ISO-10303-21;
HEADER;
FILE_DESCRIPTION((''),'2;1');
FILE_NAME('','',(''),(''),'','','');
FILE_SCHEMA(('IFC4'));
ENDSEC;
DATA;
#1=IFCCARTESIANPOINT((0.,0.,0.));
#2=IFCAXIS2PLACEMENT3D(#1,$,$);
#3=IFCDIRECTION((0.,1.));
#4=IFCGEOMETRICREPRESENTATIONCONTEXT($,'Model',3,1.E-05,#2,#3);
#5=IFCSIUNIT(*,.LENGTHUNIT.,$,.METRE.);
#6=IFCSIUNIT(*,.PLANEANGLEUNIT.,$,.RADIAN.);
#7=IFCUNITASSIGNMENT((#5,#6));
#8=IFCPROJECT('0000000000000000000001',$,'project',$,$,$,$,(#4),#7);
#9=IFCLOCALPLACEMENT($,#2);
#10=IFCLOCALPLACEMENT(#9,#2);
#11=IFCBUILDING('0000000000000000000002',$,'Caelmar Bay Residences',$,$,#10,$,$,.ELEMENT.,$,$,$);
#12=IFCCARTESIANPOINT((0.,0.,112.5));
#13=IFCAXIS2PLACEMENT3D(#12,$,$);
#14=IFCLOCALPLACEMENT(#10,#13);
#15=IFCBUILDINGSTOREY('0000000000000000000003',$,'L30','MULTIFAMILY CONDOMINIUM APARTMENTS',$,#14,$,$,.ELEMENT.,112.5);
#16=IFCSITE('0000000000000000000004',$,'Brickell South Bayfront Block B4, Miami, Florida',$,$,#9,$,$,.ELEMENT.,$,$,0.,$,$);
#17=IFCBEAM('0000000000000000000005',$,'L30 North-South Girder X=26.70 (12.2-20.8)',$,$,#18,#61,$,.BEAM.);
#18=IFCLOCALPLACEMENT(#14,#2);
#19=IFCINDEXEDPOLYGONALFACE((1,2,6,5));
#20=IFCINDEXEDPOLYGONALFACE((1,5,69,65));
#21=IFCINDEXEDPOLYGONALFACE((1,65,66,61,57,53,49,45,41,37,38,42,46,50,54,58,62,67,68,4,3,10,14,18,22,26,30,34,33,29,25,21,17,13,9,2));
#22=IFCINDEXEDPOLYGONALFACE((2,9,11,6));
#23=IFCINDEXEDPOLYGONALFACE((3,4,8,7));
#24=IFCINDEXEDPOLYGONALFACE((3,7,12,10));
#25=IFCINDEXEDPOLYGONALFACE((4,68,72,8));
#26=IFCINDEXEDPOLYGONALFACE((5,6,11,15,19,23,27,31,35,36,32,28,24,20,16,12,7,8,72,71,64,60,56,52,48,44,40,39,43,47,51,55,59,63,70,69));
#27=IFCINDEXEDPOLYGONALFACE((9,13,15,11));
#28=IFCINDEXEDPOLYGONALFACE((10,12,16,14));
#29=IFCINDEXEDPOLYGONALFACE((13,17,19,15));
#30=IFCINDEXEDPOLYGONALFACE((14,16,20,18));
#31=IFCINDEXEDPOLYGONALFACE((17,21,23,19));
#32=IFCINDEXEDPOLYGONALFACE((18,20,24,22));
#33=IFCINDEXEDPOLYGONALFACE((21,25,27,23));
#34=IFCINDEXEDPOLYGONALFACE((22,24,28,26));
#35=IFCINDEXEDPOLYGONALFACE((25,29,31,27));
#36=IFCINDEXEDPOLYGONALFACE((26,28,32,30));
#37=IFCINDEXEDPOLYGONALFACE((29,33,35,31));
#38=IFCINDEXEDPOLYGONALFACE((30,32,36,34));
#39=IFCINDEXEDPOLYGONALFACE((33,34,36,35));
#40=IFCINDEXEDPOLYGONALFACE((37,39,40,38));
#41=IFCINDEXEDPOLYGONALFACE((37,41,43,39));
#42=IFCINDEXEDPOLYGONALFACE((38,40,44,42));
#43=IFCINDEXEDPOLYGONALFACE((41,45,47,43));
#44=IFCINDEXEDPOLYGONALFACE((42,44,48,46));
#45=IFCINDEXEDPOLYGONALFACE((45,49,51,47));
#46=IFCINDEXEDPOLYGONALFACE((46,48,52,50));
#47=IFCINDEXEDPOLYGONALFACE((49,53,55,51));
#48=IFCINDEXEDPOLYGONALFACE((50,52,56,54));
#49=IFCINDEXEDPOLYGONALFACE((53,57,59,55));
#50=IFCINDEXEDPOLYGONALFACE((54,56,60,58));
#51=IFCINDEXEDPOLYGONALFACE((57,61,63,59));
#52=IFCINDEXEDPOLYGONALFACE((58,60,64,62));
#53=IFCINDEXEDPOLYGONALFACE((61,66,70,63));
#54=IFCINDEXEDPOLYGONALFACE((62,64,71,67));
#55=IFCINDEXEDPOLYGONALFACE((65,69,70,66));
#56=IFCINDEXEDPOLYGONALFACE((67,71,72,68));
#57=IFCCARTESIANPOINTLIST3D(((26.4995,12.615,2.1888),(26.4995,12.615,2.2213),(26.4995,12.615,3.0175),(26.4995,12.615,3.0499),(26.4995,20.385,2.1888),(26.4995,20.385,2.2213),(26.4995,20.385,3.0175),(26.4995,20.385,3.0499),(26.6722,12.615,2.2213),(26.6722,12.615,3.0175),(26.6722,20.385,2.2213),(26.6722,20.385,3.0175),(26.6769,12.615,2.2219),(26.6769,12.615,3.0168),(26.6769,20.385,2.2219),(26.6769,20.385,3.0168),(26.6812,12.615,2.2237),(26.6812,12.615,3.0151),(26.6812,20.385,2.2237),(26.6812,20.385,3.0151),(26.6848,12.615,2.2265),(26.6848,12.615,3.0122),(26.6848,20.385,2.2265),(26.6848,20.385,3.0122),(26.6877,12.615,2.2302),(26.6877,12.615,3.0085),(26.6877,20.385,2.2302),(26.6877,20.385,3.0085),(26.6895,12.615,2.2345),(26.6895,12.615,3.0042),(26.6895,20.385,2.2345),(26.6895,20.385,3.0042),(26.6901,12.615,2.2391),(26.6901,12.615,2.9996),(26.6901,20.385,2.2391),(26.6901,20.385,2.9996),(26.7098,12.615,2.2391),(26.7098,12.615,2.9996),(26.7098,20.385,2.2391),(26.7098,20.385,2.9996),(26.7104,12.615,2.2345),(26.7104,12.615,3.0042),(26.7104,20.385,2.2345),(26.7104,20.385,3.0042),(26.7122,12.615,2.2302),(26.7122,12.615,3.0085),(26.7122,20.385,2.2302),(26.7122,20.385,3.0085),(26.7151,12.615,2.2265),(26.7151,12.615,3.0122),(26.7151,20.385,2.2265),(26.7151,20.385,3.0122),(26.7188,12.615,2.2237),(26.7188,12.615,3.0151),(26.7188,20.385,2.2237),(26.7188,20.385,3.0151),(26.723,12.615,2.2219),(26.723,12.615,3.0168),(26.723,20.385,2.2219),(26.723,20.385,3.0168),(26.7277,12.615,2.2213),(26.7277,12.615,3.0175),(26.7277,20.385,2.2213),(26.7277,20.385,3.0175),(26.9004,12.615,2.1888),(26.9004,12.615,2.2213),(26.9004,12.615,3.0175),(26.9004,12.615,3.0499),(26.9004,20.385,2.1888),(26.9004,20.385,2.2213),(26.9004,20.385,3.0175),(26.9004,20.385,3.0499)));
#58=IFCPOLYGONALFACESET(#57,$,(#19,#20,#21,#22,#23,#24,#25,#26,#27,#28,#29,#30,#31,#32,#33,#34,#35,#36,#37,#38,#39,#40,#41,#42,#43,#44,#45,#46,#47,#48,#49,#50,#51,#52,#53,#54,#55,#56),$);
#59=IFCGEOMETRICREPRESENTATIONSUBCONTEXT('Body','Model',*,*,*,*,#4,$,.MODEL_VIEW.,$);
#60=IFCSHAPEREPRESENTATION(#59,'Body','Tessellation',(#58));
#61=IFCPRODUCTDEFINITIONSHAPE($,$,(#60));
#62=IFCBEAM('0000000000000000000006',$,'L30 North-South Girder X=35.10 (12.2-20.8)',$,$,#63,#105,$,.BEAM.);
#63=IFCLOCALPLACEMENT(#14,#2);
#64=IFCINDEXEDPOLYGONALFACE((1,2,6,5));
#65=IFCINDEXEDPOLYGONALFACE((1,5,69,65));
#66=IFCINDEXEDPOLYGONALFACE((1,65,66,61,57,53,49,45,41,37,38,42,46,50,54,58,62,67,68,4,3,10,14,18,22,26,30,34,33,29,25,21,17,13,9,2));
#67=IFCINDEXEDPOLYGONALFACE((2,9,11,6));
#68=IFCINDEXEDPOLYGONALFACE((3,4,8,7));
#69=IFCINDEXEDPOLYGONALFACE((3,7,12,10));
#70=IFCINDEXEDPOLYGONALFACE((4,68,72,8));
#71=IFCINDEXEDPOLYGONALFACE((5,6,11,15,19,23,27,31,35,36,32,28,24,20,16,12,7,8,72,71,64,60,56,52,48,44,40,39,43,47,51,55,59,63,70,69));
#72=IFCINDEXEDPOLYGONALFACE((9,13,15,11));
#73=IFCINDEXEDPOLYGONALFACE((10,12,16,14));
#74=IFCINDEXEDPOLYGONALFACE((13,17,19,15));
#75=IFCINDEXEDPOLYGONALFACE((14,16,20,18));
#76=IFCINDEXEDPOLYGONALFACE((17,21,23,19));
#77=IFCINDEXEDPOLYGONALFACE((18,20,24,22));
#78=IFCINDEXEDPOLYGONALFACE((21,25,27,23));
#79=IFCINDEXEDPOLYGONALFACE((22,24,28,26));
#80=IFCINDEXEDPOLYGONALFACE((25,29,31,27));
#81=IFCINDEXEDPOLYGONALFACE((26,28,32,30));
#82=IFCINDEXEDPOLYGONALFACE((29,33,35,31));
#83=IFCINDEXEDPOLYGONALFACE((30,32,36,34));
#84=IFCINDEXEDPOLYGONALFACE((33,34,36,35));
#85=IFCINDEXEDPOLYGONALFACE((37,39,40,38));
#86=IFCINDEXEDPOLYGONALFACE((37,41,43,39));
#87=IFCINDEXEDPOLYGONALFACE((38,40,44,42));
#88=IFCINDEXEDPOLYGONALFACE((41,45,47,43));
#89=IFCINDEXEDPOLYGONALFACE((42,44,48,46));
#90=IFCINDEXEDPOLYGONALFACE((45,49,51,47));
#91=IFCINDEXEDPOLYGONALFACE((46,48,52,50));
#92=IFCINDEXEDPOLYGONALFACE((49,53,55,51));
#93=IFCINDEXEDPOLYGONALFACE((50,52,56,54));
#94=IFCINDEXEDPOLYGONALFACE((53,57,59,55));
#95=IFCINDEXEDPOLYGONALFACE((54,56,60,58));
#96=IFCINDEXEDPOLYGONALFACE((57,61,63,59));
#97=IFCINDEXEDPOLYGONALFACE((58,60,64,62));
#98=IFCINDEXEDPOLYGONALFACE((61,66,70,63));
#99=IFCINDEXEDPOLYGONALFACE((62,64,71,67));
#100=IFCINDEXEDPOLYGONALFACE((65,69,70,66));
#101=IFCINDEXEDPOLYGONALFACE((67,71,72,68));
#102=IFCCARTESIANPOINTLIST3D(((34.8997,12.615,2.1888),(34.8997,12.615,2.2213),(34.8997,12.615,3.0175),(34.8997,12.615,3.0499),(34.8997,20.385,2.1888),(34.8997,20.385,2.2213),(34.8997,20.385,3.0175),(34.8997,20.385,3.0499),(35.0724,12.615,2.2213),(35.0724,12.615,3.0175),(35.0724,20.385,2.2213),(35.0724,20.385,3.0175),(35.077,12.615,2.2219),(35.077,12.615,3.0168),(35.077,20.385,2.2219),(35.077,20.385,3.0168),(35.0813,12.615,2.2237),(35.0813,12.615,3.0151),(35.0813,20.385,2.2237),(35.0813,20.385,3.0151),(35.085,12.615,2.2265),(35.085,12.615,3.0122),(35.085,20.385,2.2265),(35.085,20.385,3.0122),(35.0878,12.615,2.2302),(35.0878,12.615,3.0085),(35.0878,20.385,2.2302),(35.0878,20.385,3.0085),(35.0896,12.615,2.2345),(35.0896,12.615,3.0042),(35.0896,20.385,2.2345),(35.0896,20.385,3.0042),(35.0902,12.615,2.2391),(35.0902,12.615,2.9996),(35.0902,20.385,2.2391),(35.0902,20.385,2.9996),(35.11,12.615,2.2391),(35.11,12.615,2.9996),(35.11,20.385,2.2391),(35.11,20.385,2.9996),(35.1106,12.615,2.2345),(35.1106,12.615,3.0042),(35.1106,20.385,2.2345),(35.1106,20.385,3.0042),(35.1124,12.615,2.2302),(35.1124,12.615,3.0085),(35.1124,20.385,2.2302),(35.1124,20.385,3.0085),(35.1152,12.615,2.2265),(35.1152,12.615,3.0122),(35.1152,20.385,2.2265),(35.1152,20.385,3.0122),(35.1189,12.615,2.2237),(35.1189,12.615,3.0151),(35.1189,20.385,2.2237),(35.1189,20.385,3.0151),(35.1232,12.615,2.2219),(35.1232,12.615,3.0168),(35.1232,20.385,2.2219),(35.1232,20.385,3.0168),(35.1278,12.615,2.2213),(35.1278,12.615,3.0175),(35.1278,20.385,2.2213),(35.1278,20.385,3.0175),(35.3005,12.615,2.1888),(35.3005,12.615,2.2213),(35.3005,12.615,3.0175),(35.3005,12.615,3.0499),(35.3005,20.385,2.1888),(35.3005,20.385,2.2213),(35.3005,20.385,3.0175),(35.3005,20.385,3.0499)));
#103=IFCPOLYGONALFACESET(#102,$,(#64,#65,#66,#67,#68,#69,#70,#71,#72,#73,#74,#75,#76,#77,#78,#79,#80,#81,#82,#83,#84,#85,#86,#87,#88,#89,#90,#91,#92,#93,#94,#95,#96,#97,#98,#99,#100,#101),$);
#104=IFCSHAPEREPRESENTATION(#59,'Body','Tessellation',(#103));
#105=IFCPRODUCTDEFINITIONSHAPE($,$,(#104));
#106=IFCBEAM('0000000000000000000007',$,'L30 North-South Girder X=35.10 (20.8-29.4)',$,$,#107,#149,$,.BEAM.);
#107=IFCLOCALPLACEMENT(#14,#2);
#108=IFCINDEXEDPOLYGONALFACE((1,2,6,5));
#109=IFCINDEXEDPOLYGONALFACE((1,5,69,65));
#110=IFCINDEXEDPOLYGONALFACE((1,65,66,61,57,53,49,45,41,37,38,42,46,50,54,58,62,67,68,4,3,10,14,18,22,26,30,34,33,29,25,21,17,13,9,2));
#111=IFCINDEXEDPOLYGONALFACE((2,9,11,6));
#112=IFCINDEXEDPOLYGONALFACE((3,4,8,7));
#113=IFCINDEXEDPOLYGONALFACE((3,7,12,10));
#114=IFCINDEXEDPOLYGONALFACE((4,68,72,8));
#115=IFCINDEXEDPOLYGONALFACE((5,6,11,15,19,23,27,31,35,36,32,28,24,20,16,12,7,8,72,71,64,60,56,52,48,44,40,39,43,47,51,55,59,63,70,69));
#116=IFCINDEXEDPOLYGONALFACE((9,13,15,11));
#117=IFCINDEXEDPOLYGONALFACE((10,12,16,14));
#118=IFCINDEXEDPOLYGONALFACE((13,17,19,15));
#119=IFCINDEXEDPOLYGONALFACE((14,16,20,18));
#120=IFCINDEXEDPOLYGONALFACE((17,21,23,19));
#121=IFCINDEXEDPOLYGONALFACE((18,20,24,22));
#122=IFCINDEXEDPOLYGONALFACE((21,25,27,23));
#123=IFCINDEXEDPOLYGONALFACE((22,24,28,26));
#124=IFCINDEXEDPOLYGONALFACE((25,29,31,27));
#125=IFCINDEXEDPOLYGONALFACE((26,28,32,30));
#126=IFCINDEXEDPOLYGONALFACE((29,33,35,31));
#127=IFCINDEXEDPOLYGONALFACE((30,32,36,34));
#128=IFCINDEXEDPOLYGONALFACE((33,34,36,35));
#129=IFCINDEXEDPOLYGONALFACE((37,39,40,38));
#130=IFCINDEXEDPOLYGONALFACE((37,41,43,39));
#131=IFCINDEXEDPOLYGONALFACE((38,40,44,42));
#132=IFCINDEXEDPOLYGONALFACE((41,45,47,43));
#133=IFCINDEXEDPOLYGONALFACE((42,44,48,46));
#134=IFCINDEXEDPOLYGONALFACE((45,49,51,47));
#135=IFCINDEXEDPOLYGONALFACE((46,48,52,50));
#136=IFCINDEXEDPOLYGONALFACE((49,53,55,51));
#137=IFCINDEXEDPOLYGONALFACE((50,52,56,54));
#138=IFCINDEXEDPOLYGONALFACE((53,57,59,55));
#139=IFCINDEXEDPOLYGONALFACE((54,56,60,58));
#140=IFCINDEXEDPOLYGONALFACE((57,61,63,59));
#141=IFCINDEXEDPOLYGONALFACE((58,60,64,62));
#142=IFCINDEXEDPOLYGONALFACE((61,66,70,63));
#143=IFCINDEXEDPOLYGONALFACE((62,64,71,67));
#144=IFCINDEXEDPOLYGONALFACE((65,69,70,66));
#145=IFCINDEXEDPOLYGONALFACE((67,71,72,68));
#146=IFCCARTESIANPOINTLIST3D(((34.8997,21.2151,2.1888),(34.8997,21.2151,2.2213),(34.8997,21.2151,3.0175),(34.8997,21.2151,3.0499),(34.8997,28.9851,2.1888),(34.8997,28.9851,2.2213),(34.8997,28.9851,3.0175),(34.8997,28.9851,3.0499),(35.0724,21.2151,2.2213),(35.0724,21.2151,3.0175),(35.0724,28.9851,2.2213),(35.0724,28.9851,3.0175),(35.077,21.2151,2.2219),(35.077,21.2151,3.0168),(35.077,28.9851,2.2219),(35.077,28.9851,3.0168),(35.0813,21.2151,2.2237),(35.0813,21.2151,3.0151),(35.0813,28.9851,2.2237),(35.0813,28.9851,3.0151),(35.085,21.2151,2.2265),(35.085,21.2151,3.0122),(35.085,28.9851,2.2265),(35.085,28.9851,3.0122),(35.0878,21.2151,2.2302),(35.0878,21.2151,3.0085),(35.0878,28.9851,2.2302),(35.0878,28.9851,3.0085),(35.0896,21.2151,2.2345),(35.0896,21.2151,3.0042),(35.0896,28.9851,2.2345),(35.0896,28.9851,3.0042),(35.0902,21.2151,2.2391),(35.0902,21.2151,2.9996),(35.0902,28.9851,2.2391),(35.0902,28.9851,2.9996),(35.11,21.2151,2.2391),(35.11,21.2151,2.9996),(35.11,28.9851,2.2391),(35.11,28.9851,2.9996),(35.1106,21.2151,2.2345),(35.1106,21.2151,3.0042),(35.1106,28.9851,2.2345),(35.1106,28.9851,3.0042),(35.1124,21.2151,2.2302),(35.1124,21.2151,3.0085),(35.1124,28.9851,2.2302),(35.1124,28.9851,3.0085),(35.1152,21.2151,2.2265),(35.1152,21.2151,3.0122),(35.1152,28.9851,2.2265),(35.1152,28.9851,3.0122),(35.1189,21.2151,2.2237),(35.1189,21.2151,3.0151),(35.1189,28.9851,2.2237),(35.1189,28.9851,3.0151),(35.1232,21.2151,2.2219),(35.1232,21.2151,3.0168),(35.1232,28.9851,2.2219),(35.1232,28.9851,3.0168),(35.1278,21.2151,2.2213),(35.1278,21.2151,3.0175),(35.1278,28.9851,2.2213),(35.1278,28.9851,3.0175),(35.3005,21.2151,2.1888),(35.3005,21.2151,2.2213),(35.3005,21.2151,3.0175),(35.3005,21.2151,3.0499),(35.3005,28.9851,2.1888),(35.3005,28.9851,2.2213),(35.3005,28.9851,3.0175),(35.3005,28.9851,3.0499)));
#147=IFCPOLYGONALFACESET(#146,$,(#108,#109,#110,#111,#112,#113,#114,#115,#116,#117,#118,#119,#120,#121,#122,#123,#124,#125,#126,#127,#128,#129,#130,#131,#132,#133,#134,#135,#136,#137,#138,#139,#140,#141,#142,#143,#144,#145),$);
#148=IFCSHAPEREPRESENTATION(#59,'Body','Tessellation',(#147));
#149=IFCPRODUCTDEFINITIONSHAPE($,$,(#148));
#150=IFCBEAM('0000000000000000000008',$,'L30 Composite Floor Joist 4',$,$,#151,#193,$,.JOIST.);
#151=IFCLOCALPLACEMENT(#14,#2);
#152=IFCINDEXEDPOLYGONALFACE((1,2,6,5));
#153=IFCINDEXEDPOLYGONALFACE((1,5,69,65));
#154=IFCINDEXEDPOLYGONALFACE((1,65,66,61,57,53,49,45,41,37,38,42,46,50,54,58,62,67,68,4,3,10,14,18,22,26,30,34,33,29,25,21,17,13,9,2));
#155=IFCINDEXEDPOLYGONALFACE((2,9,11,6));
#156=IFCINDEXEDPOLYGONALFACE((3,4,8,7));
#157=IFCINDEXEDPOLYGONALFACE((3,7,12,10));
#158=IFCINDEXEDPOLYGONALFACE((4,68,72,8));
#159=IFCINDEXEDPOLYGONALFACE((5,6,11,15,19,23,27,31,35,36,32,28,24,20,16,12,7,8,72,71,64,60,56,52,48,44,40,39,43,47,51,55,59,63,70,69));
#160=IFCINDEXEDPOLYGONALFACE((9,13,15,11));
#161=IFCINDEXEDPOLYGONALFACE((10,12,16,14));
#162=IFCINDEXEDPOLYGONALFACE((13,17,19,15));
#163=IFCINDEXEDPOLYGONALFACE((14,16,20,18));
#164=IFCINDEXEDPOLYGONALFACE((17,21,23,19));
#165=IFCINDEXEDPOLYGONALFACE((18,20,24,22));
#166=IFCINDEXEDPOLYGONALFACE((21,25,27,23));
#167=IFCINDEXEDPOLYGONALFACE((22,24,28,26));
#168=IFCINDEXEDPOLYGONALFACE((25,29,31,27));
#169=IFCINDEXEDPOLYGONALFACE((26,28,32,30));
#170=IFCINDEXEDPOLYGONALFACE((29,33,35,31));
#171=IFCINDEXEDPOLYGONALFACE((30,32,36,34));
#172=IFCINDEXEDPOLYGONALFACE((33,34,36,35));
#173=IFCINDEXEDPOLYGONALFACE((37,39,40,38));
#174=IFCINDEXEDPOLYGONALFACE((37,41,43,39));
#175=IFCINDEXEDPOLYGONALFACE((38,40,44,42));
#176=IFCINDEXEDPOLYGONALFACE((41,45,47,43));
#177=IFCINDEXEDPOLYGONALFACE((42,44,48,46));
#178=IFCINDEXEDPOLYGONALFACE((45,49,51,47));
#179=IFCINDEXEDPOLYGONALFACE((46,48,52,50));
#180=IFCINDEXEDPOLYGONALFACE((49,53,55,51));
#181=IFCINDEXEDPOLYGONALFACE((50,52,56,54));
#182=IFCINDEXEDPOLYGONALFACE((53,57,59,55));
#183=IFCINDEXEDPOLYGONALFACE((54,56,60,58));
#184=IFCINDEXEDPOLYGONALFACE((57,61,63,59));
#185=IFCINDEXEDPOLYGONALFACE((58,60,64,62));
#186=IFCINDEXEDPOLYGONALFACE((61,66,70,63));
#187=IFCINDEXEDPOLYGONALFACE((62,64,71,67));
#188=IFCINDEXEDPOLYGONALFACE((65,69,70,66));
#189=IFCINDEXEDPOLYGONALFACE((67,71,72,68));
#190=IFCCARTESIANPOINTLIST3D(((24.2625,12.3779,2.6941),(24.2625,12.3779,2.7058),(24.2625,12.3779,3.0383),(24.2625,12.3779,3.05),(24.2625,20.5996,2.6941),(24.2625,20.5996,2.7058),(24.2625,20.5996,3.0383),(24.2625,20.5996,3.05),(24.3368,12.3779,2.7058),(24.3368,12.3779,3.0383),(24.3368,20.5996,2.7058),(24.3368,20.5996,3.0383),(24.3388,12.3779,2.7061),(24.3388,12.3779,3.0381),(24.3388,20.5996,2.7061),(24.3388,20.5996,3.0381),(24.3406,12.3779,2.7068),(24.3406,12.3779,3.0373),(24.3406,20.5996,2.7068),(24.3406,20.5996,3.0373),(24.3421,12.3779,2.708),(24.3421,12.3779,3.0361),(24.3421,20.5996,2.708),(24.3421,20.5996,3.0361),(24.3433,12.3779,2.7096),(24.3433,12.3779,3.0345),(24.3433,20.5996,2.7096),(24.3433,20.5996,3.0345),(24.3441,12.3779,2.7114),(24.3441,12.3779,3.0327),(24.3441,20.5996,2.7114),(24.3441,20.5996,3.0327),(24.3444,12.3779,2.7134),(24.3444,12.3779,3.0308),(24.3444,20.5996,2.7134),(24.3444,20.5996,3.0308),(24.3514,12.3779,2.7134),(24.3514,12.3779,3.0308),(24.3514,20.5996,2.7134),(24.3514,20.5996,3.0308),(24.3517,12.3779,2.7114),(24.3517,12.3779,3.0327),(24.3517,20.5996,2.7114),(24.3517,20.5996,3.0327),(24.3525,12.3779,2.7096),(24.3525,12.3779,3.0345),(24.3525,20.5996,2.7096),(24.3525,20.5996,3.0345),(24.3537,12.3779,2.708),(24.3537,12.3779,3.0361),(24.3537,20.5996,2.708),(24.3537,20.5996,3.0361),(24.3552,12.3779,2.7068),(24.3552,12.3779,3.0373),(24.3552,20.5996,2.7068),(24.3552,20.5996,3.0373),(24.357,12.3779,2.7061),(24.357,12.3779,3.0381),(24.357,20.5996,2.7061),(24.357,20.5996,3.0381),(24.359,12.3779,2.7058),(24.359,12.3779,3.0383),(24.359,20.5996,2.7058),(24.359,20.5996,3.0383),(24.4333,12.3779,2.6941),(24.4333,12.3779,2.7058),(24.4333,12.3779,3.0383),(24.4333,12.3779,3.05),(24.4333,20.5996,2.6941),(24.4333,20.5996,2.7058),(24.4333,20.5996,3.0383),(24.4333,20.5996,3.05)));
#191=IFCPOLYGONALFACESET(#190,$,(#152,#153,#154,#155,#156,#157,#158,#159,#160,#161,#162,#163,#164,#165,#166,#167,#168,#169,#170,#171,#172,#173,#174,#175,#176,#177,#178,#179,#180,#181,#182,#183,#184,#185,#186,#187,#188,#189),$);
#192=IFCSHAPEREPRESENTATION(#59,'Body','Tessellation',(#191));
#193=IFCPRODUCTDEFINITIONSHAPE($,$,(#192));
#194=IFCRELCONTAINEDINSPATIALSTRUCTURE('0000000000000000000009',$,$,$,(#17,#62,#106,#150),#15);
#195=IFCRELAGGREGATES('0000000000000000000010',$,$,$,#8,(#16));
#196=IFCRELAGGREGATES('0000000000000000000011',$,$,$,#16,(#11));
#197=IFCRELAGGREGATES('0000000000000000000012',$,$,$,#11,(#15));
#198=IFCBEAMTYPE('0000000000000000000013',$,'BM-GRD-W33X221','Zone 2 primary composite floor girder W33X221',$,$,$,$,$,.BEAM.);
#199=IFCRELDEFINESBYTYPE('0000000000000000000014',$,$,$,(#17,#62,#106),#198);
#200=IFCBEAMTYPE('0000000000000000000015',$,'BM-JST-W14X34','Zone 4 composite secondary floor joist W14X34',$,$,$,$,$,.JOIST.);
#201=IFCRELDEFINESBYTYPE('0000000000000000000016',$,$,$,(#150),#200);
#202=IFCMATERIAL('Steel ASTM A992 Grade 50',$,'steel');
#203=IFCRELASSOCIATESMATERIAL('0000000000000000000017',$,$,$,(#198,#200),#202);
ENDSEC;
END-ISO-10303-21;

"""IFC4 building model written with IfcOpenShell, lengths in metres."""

from ifc_helpers import new_model, si_unit, direction, frame, origin, origin_2d, place, context, subcontext, project, spatial, i_section, extrude, material, material_profile, profile_set, type_object, element, save


model = new_model("IFC4")

# Units and contexts
model_context = context("Model", 3, precision=1e-05, world=origin(), true_north=direction((0.0, 1.0)))
body_context = subcontext(model_context, "Body", "Model", "MODEL_VIEW")
ifc_project = project(units=[si_unit("LENGTHUNIT", "METRE"), si_unit("PLANEANGLEUNIT", "RADIAN")], contexts=[model_context])

# Site, building, storey
site_placement = place(None, origin())
site = spatial("IfcSite", under=ifc_project, at=site_placement, Name="Brickell South Bayfront Block B4, Miami, Florida", CompositionType="ELEMENT", RefElevation=0.0)
building_placement = place(site_placement, origin())
building = spatial("IfcBuilding", under=site, at=building_placement, Name="Caelmar Bay Residences", CompositionType="ELEMENT")
storey_placement = place(building_placement, frame((0.0, 0.0, 112.5)))
storey = spatial("IfcBuildingStorey", under=building, at=storey_placement, Name="L30", Description="MULTIFAMILY CONDOMINIUM APARTMENTS", CompositionType="ELEMENT", Elevation=112.5)

# Beams
ifc_material_1 = material(Name="Steel ASTM A992 Grade 50", Category="steel")
ifc_material_profile_1 = material_profile(ifc_material_1, i_section(OverallWidth=0.4009, OverallDepth=0.8611, WebThickness=0.0198, FlangeThickness=0.0325, FilletRadius=0.0178, at=origin_2d()), Name="W33X221")
ifc_profile_set_1 = profile_set([ifc_material_profile_1], Name="Steel ASTM A992 Grade 50")
beam_type_1 = type_object("IfcBeamType", Name="BM-GRD-W33X221", Description="Zone 2 primary composite floor girder W33X221", PredefinedType="BEAM", material=ifc_profile_set_1)
for number, where, z_axis, x_axis, name in (
    (1, (26.7, 12.615, 2.6194), (0.0, 1.0, 0.0), (-1.0, 0.0, 0.0), "L30 North-South Girder X=26.70 (12.2-20.8)"),
    (2, (35.1001, 12.615, 2.6194), (0.0, 1.0, 0.0), (-1.0, 0.0, 0.0), "L30 North-South Girder X=35.10 (12.2-20.8)"),
    (3, (35.1001, 21.2151, 2.6194), (0.0, 1.0, 0.0), (-1.0, 0.0, 0.0), "L30 North-South Girder X=35.10 (20.8-29.4)"),
):
    element("IfcBeam", number, at=place(storey_placement, frame(where, z_axis=z_axis, x_axis=x_axis)), inside=storey, type_object=beam_type_1, Name=name, PredefinedType="BEAM", context=body_context, shape_type="SweptSolid", body=[
        extrude(i_section(OverallWidth=0.4009, OverallDepth=0.8611, WebThickness=0.0198, FlangeThickness=0.0325, FilletRadius=0.0178, at=origin_2d()), origin(), (0.0, 0.0, 1.0), 7.77),
    ])
ifc_material_profile_2 = material_profile(ifc_material_1, i_section(OverallWidth=0.1709, OverallDepth=0.356, WebThickness=0.0071, FlangeThickness=0.0117, FilletRadius=0.0076, at=origin_2d()), Name="W14X34")
ifc_profile_set_2 = profile_set([ifc_material_profile_2], Name="Steel ASTM A992 Grade 50")
beam_type_2 = type_object("IfcBeamType", Name="BM-JST-W14X34", Description="Zone 4 composite secondary floor joist W14X34", PredefinedType="JOIST", material=ifc_profile_set_2)
for number, where, z_axis, x_axis, name in (
    (4, (24.3479, 12.3779, 2.8721), (0.0, 1.0, 0.0), (-1.0, 0.0, 0.0), "L30 Composite Floor Joist 4"),
):
    element("IfcBeam", number, at=place(storey_placement, frame(where, z_axis=z_axis, x_axis=x_axis)), inside=storey, type_object=beam_type_2, Name=name, PredefinedType="JOIST", context=body_context, shape_type="SweptSolid", body=[
        extrude(i_section(OverallWidth=0.1709, OverallDepth=0.356, WebThickness=0.0071, FlangeThickness=0.0117, FilletRadius=0.0076, at=origin_2d()), origin(), (0.0, 0.0, 1.0), 8.2217),
    ])

save(model, "model.ifc")
